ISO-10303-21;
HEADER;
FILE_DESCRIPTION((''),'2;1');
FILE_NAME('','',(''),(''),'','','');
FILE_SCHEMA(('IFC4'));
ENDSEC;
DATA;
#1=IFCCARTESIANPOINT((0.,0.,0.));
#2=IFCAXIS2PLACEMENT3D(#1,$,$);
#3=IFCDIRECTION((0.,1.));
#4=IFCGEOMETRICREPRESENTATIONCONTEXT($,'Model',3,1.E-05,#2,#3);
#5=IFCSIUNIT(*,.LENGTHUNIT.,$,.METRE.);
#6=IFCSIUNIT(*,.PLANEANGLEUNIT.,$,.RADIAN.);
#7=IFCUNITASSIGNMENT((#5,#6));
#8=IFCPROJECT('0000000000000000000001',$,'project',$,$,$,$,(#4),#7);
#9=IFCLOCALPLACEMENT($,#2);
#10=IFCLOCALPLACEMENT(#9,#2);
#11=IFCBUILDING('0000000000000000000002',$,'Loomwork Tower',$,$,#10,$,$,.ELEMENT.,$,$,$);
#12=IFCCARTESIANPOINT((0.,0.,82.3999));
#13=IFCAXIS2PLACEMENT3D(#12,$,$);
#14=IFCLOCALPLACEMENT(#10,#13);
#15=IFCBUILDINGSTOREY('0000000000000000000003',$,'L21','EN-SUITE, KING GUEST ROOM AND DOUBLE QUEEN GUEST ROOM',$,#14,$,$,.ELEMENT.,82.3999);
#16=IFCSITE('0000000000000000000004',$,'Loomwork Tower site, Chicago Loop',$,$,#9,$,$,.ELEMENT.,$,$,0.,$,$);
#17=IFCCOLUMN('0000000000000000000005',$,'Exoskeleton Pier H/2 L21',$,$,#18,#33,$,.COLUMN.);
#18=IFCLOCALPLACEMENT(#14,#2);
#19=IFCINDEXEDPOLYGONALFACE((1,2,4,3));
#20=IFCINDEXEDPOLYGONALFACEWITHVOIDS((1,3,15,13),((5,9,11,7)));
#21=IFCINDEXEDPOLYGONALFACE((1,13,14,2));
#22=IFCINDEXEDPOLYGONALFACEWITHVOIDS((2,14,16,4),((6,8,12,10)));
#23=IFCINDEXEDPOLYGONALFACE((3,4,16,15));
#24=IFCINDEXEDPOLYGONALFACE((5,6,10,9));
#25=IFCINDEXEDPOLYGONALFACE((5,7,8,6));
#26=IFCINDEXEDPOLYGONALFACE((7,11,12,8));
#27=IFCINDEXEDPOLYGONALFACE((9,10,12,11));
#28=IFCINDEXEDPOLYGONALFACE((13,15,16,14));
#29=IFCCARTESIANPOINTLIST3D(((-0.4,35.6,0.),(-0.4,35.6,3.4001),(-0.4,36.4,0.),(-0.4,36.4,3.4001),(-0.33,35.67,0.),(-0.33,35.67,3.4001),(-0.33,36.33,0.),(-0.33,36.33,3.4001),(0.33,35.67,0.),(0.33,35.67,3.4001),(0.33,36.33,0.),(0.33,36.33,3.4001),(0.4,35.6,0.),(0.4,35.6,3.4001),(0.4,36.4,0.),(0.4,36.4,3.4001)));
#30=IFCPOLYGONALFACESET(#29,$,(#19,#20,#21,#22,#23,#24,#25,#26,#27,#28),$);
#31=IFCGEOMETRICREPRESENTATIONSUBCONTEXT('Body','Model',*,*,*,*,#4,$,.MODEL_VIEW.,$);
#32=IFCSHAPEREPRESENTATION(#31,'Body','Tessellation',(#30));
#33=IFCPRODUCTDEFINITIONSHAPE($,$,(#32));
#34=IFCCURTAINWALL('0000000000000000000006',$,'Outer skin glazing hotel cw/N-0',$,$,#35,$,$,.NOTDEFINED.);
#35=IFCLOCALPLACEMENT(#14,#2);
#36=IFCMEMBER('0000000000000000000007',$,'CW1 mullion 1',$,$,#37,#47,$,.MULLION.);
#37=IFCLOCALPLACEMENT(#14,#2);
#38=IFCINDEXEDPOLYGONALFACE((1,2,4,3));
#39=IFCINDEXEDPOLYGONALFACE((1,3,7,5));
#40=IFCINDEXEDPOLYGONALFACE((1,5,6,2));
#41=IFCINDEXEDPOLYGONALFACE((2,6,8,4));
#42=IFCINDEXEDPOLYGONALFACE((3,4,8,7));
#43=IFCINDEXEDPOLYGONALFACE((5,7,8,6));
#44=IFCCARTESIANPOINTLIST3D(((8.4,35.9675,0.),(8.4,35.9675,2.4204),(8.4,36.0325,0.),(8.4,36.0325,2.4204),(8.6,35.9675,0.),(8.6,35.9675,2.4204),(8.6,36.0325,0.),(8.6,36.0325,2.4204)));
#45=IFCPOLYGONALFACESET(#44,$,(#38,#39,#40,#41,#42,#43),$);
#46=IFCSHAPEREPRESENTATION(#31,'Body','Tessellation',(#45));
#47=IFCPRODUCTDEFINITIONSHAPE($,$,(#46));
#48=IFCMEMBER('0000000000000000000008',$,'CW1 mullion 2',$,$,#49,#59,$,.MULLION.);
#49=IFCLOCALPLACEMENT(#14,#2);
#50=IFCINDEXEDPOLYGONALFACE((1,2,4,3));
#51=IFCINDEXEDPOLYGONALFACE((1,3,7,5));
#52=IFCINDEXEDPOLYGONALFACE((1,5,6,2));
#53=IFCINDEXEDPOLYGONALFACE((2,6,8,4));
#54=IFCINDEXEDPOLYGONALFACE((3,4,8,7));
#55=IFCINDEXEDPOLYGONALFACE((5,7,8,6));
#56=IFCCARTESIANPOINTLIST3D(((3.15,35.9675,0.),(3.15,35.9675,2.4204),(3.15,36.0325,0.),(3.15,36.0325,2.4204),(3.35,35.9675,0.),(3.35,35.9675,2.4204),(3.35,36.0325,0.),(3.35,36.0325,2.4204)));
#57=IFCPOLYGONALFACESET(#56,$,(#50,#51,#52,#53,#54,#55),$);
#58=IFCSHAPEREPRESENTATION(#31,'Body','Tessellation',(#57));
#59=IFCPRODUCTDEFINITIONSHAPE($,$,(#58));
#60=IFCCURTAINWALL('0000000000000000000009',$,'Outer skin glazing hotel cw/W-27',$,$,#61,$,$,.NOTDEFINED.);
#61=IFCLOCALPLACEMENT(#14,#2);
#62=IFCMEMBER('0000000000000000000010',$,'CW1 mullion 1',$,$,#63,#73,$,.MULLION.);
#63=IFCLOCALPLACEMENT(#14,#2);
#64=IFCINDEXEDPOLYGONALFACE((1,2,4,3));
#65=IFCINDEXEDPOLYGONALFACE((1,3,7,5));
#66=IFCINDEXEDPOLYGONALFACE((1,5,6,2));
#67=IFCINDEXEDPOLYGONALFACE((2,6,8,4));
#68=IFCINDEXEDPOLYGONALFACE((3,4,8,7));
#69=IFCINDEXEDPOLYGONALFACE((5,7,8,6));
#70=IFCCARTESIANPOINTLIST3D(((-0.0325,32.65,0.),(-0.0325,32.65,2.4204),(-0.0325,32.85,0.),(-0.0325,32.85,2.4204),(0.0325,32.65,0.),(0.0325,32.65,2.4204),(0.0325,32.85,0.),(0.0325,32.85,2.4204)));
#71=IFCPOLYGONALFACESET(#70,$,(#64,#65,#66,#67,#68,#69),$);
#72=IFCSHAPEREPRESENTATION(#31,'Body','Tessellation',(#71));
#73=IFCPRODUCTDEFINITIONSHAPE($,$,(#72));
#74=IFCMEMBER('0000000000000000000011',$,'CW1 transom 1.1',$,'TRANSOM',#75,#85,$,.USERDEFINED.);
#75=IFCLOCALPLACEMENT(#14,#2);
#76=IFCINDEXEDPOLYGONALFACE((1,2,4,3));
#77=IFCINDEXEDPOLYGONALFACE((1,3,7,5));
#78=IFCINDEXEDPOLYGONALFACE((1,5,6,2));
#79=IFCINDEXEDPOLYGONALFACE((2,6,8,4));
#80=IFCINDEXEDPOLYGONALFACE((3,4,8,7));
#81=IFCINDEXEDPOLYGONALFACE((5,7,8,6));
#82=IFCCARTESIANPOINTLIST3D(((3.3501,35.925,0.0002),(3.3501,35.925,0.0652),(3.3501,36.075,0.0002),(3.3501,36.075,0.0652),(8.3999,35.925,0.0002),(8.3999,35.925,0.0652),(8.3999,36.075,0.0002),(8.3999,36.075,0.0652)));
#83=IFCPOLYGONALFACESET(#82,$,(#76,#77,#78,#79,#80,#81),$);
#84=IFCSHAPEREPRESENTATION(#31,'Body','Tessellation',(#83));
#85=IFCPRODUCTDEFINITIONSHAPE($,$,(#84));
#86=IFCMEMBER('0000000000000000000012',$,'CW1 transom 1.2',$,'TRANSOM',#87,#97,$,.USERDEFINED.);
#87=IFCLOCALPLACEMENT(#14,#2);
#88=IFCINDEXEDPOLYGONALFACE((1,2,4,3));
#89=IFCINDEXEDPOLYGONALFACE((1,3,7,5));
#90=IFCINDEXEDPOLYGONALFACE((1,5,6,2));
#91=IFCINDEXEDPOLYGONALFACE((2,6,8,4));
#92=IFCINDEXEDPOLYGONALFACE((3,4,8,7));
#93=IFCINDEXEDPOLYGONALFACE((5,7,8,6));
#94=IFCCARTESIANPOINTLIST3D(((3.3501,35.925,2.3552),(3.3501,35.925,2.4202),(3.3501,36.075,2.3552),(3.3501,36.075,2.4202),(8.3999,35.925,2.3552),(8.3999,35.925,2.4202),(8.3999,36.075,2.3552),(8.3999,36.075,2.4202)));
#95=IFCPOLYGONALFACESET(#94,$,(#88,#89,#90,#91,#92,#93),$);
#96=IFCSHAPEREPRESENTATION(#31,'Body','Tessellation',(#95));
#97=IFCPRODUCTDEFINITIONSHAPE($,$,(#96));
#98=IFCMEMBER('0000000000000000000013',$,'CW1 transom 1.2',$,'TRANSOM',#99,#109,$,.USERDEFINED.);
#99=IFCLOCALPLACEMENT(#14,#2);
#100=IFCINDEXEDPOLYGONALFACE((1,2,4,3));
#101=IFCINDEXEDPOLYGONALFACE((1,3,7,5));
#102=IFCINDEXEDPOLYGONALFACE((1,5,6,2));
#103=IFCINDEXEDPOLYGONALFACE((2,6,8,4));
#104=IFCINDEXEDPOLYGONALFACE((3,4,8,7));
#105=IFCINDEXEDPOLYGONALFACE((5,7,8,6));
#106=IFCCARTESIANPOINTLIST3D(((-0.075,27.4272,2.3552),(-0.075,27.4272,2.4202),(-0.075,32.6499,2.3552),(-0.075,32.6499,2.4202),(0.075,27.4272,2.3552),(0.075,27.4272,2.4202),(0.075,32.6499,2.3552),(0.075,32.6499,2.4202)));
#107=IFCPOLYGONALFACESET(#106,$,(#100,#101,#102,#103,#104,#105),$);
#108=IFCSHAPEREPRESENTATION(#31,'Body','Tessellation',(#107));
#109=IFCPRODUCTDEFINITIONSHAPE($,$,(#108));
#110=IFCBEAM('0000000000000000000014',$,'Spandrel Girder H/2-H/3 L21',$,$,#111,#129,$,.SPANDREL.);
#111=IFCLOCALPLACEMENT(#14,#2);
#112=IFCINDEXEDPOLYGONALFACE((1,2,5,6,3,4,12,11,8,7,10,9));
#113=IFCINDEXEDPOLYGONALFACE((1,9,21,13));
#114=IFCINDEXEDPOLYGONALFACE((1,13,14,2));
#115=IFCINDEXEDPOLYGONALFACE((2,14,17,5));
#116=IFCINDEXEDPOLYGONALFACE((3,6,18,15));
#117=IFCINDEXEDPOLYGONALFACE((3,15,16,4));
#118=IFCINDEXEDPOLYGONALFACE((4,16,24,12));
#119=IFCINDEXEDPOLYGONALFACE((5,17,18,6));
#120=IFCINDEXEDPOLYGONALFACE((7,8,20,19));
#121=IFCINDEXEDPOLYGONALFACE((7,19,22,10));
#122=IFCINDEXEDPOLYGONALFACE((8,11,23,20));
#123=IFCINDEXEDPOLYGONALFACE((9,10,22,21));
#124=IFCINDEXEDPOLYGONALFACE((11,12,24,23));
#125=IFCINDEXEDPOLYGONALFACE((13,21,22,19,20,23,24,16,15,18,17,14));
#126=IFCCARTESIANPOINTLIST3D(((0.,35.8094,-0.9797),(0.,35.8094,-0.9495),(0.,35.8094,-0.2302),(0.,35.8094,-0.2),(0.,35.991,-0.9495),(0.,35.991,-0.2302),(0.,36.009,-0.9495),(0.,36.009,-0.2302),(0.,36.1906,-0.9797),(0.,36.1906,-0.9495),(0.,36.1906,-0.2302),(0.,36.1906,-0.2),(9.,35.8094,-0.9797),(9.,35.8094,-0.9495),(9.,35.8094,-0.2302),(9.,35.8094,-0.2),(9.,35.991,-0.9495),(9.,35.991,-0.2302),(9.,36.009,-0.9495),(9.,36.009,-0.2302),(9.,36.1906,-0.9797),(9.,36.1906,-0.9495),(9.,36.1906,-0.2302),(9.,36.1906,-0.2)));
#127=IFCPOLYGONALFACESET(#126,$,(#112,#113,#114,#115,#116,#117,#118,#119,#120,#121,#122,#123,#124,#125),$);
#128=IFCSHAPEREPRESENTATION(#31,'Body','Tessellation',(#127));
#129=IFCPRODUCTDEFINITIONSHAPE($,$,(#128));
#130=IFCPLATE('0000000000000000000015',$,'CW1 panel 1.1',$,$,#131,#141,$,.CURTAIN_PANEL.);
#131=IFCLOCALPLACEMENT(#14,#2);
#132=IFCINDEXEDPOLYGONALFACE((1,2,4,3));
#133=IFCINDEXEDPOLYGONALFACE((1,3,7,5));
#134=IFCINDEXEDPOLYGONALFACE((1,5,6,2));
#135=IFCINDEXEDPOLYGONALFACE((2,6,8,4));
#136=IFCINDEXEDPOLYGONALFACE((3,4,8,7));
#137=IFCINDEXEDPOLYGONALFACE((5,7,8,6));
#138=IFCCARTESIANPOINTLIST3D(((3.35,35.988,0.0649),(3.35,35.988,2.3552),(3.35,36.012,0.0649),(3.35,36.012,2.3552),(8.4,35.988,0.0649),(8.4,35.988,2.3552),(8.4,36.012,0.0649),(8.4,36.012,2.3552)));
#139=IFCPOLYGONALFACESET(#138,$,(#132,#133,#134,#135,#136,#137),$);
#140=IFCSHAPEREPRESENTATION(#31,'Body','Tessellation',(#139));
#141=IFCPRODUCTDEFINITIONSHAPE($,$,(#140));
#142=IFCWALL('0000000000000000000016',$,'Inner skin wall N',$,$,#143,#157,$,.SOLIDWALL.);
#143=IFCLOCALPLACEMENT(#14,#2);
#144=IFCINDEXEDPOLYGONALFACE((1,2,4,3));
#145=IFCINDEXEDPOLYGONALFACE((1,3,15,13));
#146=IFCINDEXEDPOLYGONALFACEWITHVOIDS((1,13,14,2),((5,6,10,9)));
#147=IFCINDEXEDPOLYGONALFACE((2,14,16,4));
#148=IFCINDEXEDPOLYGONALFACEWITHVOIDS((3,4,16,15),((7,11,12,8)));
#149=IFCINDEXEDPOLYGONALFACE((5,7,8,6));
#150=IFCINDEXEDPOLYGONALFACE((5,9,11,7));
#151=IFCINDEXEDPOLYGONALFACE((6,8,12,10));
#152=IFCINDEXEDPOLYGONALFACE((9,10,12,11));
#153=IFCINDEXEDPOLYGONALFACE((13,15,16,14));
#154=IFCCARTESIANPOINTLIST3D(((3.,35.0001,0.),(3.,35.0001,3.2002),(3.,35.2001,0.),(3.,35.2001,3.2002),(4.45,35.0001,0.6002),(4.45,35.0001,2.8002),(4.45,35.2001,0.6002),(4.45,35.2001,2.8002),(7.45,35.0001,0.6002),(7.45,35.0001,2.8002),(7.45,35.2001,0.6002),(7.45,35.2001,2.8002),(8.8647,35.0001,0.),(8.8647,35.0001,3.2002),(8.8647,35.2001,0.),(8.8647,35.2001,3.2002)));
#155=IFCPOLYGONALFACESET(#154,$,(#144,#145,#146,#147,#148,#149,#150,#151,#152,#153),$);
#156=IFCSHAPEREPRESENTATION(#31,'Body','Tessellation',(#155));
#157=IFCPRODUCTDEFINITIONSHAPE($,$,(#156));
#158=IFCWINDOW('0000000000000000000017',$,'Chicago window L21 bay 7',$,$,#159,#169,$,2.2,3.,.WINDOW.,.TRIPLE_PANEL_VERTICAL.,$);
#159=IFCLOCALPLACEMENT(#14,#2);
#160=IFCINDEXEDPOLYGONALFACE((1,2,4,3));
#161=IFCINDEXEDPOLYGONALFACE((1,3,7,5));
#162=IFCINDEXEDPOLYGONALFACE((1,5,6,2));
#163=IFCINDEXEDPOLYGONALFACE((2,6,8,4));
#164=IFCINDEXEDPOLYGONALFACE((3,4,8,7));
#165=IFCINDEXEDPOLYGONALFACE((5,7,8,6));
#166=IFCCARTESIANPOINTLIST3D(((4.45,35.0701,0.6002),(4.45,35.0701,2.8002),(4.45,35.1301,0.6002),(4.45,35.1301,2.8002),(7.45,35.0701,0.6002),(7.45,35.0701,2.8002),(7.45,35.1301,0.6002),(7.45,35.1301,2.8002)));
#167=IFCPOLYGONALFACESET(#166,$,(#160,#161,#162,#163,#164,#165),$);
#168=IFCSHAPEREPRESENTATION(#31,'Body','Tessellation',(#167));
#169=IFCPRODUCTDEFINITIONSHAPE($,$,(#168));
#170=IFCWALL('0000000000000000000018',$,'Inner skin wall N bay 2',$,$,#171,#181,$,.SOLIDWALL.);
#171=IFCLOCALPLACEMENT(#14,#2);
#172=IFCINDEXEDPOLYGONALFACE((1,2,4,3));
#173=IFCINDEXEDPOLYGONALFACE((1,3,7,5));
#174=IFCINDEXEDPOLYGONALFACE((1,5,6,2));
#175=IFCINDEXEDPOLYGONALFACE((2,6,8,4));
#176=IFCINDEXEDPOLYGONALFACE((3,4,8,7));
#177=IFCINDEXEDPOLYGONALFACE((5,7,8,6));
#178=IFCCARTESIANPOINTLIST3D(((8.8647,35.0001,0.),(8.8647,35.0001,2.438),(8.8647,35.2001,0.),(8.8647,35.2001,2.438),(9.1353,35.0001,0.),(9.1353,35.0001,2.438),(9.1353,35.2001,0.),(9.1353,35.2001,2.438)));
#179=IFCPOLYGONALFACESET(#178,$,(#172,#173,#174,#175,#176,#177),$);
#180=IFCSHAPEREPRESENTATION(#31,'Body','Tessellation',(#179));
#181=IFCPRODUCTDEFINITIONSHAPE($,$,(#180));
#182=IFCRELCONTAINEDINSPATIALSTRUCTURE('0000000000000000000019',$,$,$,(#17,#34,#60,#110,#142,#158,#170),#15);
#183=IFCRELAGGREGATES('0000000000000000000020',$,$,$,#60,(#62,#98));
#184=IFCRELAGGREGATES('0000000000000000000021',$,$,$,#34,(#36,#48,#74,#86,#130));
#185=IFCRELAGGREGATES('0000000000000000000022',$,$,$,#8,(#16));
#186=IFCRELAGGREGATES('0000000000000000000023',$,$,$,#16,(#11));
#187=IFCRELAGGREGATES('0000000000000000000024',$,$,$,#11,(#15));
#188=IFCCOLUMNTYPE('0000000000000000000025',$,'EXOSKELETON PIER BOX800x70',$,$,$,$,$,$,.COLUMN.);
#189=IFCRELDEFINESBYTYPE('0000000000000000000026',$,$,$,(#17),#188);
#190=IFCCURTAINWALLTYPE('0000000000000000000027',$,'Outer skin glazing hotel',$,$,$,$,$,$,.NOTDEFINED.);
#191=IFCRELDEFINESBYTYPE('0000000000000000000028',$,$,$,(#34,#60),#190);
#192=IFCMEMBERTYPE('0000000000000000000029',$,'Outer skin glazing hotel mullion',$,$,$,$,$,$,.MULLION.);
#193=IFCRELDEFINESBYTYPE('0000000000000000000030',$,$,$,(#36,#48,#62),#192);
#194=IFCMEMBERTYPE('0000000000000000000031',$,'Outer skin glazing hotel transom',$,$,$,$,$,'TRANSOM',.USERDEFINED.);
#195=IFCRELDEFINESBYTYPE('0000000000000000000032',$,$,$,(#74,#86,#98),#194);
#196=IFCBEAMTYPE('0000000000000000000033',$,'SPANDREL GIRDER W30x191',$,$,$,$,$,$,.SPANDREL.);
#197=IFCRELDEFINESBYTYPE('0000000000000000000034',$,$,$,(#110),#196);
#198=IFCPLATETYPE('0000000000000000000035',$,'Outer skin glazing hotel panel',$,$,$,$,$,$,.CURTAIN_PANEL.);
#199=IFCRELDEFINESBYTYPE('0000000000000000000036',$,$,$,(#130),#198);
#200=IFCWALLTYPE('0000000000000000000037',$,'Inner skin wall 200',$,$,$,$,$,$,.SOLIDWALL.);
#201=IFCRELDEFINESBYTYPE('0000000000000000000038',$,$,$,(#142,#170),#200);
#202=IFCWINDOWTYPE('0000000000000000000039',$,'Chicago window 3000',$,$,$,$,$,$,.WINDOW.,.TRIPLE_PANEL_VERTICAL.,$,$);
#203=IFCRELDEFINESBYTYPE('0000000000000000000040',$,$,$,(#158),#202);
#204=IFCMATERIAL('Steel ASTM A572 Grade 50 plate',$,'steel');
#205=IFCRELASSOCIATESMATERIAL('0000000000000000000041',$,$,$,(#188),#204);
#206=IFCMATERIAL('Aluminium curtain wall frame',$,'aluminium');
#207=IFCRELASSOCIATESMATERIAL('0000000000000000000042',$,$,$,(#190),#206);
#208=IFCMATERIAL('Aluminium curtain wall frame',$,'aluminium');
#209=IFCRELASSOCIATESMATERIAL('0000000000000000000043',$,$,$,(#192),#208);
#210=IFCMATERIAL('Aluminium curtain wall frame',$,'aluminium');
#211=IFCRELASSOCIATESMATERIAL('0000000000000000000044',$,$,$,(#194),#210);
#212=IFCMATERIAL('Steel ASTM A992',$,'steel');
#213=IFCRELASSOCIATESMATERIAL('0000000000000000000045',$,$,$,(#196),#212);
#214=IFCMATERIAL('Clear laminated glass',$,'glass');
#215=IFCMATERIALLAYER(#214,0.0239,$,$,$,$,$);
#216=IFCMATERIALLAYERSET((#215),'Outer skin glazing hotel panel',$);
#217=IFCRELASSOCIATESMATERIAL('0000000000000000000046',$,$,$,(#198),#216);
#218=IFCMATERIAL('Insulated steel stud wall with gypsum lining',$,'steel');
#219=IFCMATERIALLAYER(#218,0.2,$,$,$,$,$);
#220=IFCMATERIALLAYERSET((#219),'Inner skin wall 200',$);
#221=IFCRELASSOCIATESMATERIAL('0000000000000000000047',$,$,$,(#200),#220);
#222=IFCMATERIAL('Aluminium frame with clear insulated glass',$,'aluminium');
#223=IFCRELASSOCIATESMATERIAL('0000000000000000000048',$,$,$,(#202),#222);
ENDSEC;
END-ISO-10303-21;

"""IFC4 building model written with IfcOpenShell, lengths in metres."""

from ifc_helpers import new_model, si_unit, direction, frame, frame_2d, origin, origin_2d, place, context, subcontext, project, spatial, rectangle, hollow_rectangle, i_section, extrude, material, layer, layer_set, material_profile, profile_set, type_object, element, fill, aggregate, save


model = new_model("IFC4")

# Units and contexts
model_context = context("Model", 3, precision=1e-05, world=origin(), true_north=direction((0.0, 1.0)))
body_context = subcontext(model_context, "Body", "Model", "MODEL_VIEW")
ifc_project = project(units=[si_unit("LENGTHUNIT", "METRE"), si_unit("PLANEANGLEUNIT", "RADIAN")], contexts=[model_context])

# Site, building, storey
site_placement = place(None, origin())
site = spatial("IfcSite", under=ifc_project, at=site_placement, Name="Loomwork Tower site, Chicago Loop", CompositionType="ELEMENT", RefElevation=0.0)
building_placement = place(site_placement, origin())
building = spatial("IfcBuilding", under=site, at=building_placement, Name="Loomwork Tower", CompositionType="ELEMENT")
storey_placement = place(building_placement, frame((0.0, 0.0, 82.3999)))
storey = spatial("IfcBuildingStorey", under=building, at=storey_placement, Name="L21", Description="EN-SUITE, KING GUEST ROOM AND DOUBLE QUEEN GUEST ROOM", CompositionType="ELEMENT", Elevation=82.3999)

# Column
ifc_material_1 = material(Name="Steel ASTM A572 Grade 50 plate", Category="steel")
ifc_material_profile_1 = material_profile(ifc_material_1, hollow_rectangle(XDim=0.8, YDim=0.8, WallThickness=0.0701, at=origin_2d()), Name="BOX800x70")
ifc_profile_set_1 = profile_set([ifc_material_profile_1], Name="Steel ASTM A572 Grade 50 plate")
column_type = type_object("IfcColumnType", Name="EXOSKELETON PIER BOX800x70", PredefinedType="COLUMN", material=ifc_profile_set_1)
column_placement = place(storey_placement, frame((0.0, 36.0, 0.0), z_axis=(0.0, 0.0, 1.0), x_axis=(1.0, 0.0, 0.0)))
element("IfcColumn", 1, at=column_placement, inside=storey, type_object=column_type, Name="Exoskeleton Pier H/2 L21", PredefinedType="COLUMN", context=body_context, shape_type="SweptSolid", body=[
    extrude(hollow_rectangle(XDim=0.8, YDim=0.8, WallThickness=0.0701, at=origin_2d()), origin(), (0.0, 0.0, 1.0), 3.4001),
])

# Curtain wall, members
ifc_material_2 = material(Name="Aluminium curtain wall frame", Category="aluminium")
curtain_wall_type = type_object("IfcCurtainWallType", Name="Outer skin glazing hotel", PredefinedType="NOTDEFINED", material=ifc_material_2)
curtain_wall_1_placement = place(storey_placement, origin())
curtain_wall_1 = element("IfcCurtainWall", 2, at=curtain_wall_1_placement, inside=storey, type_object=curtain_wall_type, Name="Outer skin glazing hotel cw/N-0", PredefinedType="NOTDEFINED")
ifc_material_3 = material(Name="Aluminium curtain wall frame", Category="aluminium")
ifc_material_profile_2 = material_profile(ifc_material_3, rectangle(XDim=0.0649, YDim=0.2, at=origin_2d()), Name="AL 65x200")
ifc_profile_set_2 = profile_set([ifc_material_profile_2], Name="Aluminium curtain wall frame")
member_type_1 = type_object("IfcMemberType", Name="Outer skin glazing hotel mullion", PredefinedType="MULLION", material=ifc_profile_set_2)
member_1_placement = place(storey_placement, frame((8.5, 36.0, 0.0), z_axis=(0.0, 0.0, 1.0), x_axis=(0.0, -1.0, 0.0)))
member_1 = element("IfcMember", 3, at=member_1_placement, type_object=member_type_1, Name="CW1 mullion 1", PredefinedType="MULLION", context=body_context, shape_type="SweptSolid", body=[
    extrude(rectangle(XDim=0.0649, YDim=0.2, at=origin_2d()), origin(), (0.0, 0.0, 1.0), 2.4204),
])
member_2_placement = place(storey_placement, frame((3.25, 36.0, 0.0), z_axis=(0.0, 0.0, 1.0), x_axis=(0.0, -1.0, 0.0)))
member_2 = element("IfcMember", 4, at=member_2_placement, type_object=member_type_1, Name="CW1 mullion 2", PredefinedType="MULLION", context=body_context, shape_type="SweptSolid", body=[
    extrude(rectangle(XDim=0.0649, YDim=0.2, at=origin_2d()), origin(), (0.0, 0.0, 1.0), 2.4204),
])

# Curtain wall, member
curtain_wall_2_placement = place(storey_placement, origin())
curtain_wall_2 = element("IfcCurtainWall", 5, at=curtain_wall_2_placement, inside=storey, type_object=curtain_wall_type, Name="Outer skin glazing hotel cw/W-27", PredefinedType="NOTDEFINED")
member_3_placement = place(storey_placement, frame((0.0, 32.75, 0.0), z_axis=(0.0, 0.0, 1.0), x_axis=(1.0, 0.0, 0.0)))
member_3 = element("IfcMember", 6, at=member_3_placement, type_object=member_type_1, Name="CW1 mullion 1", PredefinedType="MULLION", context=body_context, shape_type="SweptSolid", body=[
    extrude(rectangle(XDim=0.0649, YDim=0.2, at=origin_2d()), origin(), (0.0, 0.0, 1.0), 2.4204),
])

# Members
ifc_material_4 = material(Name="Aluminium curtain wall frame", Category="aluminium")
ifc_material_profile_3 = material_profile(ifc_material_4, rectangle(XDim=0.1499, YDim=0.0649, at=origin_2d()), Name="AL 65x150")
ifc_profile_set_3 = profile_set([ifc_material_profile_3], Name="Aluminium curtain wall frame")
member_type_2 = type_object("IfcMemberType", Name="Outer skin glazing hotel transom", ElementType="TRANSOM", PredefinedType="USERDEFINED", material=ifc_profile_set_3)
member_4_placement = place(storey_placement, frame((8.3999, 36.0, 0.0327), z_axis=(-1.0, 0.0, 0.0), x_axis=(0.0, -1.0, 0.0)))
member_4 = element("IfcMember", 7, at=member_4_placement, type_object=member_type_2, Name="CW1 transom 1.1", ObjectType="TRANSOM", PredefinedType="USERDEFINED", context=body_context, shape_type="SweptSolid", body=[
    extrude(rectangle(XDim=0.1499, YDim=0.0649, at=origin_2d()), origin(), (0.0, 0.0, 1.0), 5.0498),
])
member_5_placement = place(storey_placement, frame((8.3999, 36.0, 2.3877), z_axis=(-1.0, 0.0, 0.0), x_axis=(0.0, -1.0, 0.0)))
member_5 = element("IfcMember", 8, at=member_5_placement, type_object=member_type_2, Name="CW1 transom 1.2", ObjectType="TRANSOM", PredefinedType="USERDEFINED", context=body_context, shape_type="SweptSolid", body=[
    extrude(rectangle(XDim=0.1499, YDim=0.0649, at=origin_2d()), origin(), (0.0, 0.0, 1.0), 5.0498),
])
member_6_placement = place(storey_placement, frame((0.0, 32.6499, 2.3877), z_axis=(0.0, -1.0, 0.0), x_axis=(1.0, 0.0, 0.0)))
member_6 = element("IfcMember", 9, at=member_6_placement, type_object=member_type_2, Name="CW1 transom 1.2", ObjectType="TRANSOM", PredefinedType="USERDEFINED", context=body_context, shape_type="SweptSolid", body=[
    extrude(rectangle(XDim=0.1499, YDim=0.0649, at=origin_2d()), origin(), (0.0, 0.0, 1.0), 5.2227),
])
aggregate(curtain_wall_2, [member_3, member_6])

# Beam
ifc_material_5 = material(Name="Steel ASTM A992", Category="steel")
ifc_material_profile_4 = material_profile(ifc_material_5, i_section(OverallWidth=0.3811, OverallDepth=0.7798, WebThickness=0.0181, FlangeThickness=0.0303, at=origin_2d()), Name="W30x191")
ifc_profile_set_4 = profile_set([ifc_material_profile_4], Name="Steel ASTM A992")
beam_type = type_object("IfcBeamType", Name="SPANDREL GIRDER W30x191", PredefinedType="SPANDREL", material=ifc_profile_set_4)
beam_placement = place(storey_placement, frame((0.0, 36.0, -0.5898), z_axis=(1.0, 0.0, 0.0), x_axis=(0.0, 1.0, 0.0)))
element("IfcBeam", 10, at=beam_placement, inside=storey, type_object=beam_type, Name="Spandrel Girder H/2-H/3 L21", PredefinedType="SPANDREL", context=body_context, shape_type="SweptSolid", body=[
    extrude(i_section(OverallWidth=0.3811, OverallDepth=0.7798, WebThickness=0.0181, FlangeThickness=0.0303, at=origin_2d()), origin(), (0.0, 0.0, 1.0), 9.0),
])

# Plate
ifc_material_6 = material(Name="Clear laminated glass", Category="glass")
ifc_layer_1 = layer(ifc_material_6, 0.0239)
ifc_layer_set_1 = layer_set([ifc_layer_1], Name="Outer skin glazing hotel panel")
plate_type = type_object("IfcPlateType", Name="Outer skin glazing hotel panel", PredefinedType="CURTAIN_PANEL", material=ifc_layer_set_1)
plate_placement = place(storey_placement, frame((5.875, 36.0, 0.0649), z_axis=(0.0, 0.0, 1.0), x_axis=(-1.0, 0.0, 0.0)))
plate = element("IfcPlate", 11, at=plate_placement, type_object=plate_type, Name="CW1 panel 1.1", PredefinedType="CURTAIN_PANEL", context=body_context, shape_type="SweptSolid", body=[
    extrude(rectangle(XDim=5.05, YDim=0.0239, at=origin_2d()), origin(), (0.0, 0.0, 1.0), 2.2903),
])
aggregate(curtain_wall_1, [member_1, member_2, member_4, member_5, plate])

# Wall, opening, window
ifc_material_7 = material(Name="Insulated steel stud wall with gypsum lining", Category="steel")
ifc_layer_2 = layer(ifc_material_7, 0.2)
ifc_layer_set_2 = layer_set([ifc_layer_2], Name="Inner skin wall 200")
wall_type_1 = type_object("IfcWallType", Name="Inner skin wall 200", PredefinedType="SOLIDWALL", material=ifc_layer_set_2)
wall_1_placement = place(storey_placement, frame((3.0, 35.1001, 0.0), z_axis=(0.0, 0.0, 1.0), x_axis=(1.0, 0.0, 0.0)))
wall_1 = element("IfcWall", 12, at=wall_1_placement, inside=storey, type_object=wall_type_1, Name="Inner skin wall N", PredefinedType="SOLIDWALL", context=body_context, shape_type="SweptSolid", body=[
    extrude(rectangle(XDim=5.8647, YDim=0.2, at=frame_2d((2.9324, 0.0))), origin(), (0.0, 0.0, 1.0), 3.2002),
])
opening_1_placement = place(wall_1_placement, frame((1.45, 0.0, 0.6001)))
opening_1 = element("IfcOpeningElement", 13, at=opening_1_placement, cuts=wall_1, PredefinedType="OPENING", context=body_context, shape_type="SweptSolid", body=[
    extrude(rectangle(XDim=3.0, YDim=2.2, at=frame_2d((1.5, 1.1001))), frame((0.0, 0.1099, 0.0), z_axis=(0.0, -1.0, 0.0), x_axis=(1.0, 0.0, 0.0)), (0.0, 0.0, 1.0), 0.22),
])
ifc_material_8 = material(Name="Aluminium frame with clear insulated glass", Category="aluminium")
window_type_1 = type_object("IfcWindowType", Name="Chicago window 3000", PartitioningType="TRIPLE_PANEL_VERTICAL", PredefinedType="WINDOW", material=ifc_material_8)
window_1_placement = place(opening_1_placement, origin())
window_1 = element("IfcWindow", 14, at=window_1_placement, inside=storey, type_object=window_type_1, Name="Chicago window L21 bay 7", OverallHeight=2.2, OverallWidth=3.0, PartitioningType="TRIPLE_PANEL_VERTICAL", PredefinedType="WINDOW", context=body_context, shape_type="SweptSolid", body=[
    extrude(rectangle(XDim=3.0, YDim=2.2, at=frame_2d((1.5, 1.1001))), frame((0.0, 0.03, 0.0), z_axis=(0.0, -1.0, 0.0), x_axis=(1.0, 0.0, 0.0)), (0.0, 0.0, 1.0), 0.0601),
])
fill(opening_1, window_1)

# Wall
wall_2_placement = place(storey_placement, frame((8.8647, 35.1001, 0.0), z_axis=(0.0, 0.0, 1.0), x_axis=(1.0, 0.0, 0.0)))
element("IfcWall", 15, at=wall_2_placement, inside=storey, type_object=wall_type_1, Name="Inner skin wall N bay 2", PredefinedType="SOLIDWALL", context=body_context, shape_type="SweptSolid", body=[
    extrude(rectangle(XDim=0.2705, YDim=0.2, at=frame_2d((0.1353, 0.0))), origin(), (0.0, 0.0, 1.0), 2.438),
])

save(model, "model.ifc")
